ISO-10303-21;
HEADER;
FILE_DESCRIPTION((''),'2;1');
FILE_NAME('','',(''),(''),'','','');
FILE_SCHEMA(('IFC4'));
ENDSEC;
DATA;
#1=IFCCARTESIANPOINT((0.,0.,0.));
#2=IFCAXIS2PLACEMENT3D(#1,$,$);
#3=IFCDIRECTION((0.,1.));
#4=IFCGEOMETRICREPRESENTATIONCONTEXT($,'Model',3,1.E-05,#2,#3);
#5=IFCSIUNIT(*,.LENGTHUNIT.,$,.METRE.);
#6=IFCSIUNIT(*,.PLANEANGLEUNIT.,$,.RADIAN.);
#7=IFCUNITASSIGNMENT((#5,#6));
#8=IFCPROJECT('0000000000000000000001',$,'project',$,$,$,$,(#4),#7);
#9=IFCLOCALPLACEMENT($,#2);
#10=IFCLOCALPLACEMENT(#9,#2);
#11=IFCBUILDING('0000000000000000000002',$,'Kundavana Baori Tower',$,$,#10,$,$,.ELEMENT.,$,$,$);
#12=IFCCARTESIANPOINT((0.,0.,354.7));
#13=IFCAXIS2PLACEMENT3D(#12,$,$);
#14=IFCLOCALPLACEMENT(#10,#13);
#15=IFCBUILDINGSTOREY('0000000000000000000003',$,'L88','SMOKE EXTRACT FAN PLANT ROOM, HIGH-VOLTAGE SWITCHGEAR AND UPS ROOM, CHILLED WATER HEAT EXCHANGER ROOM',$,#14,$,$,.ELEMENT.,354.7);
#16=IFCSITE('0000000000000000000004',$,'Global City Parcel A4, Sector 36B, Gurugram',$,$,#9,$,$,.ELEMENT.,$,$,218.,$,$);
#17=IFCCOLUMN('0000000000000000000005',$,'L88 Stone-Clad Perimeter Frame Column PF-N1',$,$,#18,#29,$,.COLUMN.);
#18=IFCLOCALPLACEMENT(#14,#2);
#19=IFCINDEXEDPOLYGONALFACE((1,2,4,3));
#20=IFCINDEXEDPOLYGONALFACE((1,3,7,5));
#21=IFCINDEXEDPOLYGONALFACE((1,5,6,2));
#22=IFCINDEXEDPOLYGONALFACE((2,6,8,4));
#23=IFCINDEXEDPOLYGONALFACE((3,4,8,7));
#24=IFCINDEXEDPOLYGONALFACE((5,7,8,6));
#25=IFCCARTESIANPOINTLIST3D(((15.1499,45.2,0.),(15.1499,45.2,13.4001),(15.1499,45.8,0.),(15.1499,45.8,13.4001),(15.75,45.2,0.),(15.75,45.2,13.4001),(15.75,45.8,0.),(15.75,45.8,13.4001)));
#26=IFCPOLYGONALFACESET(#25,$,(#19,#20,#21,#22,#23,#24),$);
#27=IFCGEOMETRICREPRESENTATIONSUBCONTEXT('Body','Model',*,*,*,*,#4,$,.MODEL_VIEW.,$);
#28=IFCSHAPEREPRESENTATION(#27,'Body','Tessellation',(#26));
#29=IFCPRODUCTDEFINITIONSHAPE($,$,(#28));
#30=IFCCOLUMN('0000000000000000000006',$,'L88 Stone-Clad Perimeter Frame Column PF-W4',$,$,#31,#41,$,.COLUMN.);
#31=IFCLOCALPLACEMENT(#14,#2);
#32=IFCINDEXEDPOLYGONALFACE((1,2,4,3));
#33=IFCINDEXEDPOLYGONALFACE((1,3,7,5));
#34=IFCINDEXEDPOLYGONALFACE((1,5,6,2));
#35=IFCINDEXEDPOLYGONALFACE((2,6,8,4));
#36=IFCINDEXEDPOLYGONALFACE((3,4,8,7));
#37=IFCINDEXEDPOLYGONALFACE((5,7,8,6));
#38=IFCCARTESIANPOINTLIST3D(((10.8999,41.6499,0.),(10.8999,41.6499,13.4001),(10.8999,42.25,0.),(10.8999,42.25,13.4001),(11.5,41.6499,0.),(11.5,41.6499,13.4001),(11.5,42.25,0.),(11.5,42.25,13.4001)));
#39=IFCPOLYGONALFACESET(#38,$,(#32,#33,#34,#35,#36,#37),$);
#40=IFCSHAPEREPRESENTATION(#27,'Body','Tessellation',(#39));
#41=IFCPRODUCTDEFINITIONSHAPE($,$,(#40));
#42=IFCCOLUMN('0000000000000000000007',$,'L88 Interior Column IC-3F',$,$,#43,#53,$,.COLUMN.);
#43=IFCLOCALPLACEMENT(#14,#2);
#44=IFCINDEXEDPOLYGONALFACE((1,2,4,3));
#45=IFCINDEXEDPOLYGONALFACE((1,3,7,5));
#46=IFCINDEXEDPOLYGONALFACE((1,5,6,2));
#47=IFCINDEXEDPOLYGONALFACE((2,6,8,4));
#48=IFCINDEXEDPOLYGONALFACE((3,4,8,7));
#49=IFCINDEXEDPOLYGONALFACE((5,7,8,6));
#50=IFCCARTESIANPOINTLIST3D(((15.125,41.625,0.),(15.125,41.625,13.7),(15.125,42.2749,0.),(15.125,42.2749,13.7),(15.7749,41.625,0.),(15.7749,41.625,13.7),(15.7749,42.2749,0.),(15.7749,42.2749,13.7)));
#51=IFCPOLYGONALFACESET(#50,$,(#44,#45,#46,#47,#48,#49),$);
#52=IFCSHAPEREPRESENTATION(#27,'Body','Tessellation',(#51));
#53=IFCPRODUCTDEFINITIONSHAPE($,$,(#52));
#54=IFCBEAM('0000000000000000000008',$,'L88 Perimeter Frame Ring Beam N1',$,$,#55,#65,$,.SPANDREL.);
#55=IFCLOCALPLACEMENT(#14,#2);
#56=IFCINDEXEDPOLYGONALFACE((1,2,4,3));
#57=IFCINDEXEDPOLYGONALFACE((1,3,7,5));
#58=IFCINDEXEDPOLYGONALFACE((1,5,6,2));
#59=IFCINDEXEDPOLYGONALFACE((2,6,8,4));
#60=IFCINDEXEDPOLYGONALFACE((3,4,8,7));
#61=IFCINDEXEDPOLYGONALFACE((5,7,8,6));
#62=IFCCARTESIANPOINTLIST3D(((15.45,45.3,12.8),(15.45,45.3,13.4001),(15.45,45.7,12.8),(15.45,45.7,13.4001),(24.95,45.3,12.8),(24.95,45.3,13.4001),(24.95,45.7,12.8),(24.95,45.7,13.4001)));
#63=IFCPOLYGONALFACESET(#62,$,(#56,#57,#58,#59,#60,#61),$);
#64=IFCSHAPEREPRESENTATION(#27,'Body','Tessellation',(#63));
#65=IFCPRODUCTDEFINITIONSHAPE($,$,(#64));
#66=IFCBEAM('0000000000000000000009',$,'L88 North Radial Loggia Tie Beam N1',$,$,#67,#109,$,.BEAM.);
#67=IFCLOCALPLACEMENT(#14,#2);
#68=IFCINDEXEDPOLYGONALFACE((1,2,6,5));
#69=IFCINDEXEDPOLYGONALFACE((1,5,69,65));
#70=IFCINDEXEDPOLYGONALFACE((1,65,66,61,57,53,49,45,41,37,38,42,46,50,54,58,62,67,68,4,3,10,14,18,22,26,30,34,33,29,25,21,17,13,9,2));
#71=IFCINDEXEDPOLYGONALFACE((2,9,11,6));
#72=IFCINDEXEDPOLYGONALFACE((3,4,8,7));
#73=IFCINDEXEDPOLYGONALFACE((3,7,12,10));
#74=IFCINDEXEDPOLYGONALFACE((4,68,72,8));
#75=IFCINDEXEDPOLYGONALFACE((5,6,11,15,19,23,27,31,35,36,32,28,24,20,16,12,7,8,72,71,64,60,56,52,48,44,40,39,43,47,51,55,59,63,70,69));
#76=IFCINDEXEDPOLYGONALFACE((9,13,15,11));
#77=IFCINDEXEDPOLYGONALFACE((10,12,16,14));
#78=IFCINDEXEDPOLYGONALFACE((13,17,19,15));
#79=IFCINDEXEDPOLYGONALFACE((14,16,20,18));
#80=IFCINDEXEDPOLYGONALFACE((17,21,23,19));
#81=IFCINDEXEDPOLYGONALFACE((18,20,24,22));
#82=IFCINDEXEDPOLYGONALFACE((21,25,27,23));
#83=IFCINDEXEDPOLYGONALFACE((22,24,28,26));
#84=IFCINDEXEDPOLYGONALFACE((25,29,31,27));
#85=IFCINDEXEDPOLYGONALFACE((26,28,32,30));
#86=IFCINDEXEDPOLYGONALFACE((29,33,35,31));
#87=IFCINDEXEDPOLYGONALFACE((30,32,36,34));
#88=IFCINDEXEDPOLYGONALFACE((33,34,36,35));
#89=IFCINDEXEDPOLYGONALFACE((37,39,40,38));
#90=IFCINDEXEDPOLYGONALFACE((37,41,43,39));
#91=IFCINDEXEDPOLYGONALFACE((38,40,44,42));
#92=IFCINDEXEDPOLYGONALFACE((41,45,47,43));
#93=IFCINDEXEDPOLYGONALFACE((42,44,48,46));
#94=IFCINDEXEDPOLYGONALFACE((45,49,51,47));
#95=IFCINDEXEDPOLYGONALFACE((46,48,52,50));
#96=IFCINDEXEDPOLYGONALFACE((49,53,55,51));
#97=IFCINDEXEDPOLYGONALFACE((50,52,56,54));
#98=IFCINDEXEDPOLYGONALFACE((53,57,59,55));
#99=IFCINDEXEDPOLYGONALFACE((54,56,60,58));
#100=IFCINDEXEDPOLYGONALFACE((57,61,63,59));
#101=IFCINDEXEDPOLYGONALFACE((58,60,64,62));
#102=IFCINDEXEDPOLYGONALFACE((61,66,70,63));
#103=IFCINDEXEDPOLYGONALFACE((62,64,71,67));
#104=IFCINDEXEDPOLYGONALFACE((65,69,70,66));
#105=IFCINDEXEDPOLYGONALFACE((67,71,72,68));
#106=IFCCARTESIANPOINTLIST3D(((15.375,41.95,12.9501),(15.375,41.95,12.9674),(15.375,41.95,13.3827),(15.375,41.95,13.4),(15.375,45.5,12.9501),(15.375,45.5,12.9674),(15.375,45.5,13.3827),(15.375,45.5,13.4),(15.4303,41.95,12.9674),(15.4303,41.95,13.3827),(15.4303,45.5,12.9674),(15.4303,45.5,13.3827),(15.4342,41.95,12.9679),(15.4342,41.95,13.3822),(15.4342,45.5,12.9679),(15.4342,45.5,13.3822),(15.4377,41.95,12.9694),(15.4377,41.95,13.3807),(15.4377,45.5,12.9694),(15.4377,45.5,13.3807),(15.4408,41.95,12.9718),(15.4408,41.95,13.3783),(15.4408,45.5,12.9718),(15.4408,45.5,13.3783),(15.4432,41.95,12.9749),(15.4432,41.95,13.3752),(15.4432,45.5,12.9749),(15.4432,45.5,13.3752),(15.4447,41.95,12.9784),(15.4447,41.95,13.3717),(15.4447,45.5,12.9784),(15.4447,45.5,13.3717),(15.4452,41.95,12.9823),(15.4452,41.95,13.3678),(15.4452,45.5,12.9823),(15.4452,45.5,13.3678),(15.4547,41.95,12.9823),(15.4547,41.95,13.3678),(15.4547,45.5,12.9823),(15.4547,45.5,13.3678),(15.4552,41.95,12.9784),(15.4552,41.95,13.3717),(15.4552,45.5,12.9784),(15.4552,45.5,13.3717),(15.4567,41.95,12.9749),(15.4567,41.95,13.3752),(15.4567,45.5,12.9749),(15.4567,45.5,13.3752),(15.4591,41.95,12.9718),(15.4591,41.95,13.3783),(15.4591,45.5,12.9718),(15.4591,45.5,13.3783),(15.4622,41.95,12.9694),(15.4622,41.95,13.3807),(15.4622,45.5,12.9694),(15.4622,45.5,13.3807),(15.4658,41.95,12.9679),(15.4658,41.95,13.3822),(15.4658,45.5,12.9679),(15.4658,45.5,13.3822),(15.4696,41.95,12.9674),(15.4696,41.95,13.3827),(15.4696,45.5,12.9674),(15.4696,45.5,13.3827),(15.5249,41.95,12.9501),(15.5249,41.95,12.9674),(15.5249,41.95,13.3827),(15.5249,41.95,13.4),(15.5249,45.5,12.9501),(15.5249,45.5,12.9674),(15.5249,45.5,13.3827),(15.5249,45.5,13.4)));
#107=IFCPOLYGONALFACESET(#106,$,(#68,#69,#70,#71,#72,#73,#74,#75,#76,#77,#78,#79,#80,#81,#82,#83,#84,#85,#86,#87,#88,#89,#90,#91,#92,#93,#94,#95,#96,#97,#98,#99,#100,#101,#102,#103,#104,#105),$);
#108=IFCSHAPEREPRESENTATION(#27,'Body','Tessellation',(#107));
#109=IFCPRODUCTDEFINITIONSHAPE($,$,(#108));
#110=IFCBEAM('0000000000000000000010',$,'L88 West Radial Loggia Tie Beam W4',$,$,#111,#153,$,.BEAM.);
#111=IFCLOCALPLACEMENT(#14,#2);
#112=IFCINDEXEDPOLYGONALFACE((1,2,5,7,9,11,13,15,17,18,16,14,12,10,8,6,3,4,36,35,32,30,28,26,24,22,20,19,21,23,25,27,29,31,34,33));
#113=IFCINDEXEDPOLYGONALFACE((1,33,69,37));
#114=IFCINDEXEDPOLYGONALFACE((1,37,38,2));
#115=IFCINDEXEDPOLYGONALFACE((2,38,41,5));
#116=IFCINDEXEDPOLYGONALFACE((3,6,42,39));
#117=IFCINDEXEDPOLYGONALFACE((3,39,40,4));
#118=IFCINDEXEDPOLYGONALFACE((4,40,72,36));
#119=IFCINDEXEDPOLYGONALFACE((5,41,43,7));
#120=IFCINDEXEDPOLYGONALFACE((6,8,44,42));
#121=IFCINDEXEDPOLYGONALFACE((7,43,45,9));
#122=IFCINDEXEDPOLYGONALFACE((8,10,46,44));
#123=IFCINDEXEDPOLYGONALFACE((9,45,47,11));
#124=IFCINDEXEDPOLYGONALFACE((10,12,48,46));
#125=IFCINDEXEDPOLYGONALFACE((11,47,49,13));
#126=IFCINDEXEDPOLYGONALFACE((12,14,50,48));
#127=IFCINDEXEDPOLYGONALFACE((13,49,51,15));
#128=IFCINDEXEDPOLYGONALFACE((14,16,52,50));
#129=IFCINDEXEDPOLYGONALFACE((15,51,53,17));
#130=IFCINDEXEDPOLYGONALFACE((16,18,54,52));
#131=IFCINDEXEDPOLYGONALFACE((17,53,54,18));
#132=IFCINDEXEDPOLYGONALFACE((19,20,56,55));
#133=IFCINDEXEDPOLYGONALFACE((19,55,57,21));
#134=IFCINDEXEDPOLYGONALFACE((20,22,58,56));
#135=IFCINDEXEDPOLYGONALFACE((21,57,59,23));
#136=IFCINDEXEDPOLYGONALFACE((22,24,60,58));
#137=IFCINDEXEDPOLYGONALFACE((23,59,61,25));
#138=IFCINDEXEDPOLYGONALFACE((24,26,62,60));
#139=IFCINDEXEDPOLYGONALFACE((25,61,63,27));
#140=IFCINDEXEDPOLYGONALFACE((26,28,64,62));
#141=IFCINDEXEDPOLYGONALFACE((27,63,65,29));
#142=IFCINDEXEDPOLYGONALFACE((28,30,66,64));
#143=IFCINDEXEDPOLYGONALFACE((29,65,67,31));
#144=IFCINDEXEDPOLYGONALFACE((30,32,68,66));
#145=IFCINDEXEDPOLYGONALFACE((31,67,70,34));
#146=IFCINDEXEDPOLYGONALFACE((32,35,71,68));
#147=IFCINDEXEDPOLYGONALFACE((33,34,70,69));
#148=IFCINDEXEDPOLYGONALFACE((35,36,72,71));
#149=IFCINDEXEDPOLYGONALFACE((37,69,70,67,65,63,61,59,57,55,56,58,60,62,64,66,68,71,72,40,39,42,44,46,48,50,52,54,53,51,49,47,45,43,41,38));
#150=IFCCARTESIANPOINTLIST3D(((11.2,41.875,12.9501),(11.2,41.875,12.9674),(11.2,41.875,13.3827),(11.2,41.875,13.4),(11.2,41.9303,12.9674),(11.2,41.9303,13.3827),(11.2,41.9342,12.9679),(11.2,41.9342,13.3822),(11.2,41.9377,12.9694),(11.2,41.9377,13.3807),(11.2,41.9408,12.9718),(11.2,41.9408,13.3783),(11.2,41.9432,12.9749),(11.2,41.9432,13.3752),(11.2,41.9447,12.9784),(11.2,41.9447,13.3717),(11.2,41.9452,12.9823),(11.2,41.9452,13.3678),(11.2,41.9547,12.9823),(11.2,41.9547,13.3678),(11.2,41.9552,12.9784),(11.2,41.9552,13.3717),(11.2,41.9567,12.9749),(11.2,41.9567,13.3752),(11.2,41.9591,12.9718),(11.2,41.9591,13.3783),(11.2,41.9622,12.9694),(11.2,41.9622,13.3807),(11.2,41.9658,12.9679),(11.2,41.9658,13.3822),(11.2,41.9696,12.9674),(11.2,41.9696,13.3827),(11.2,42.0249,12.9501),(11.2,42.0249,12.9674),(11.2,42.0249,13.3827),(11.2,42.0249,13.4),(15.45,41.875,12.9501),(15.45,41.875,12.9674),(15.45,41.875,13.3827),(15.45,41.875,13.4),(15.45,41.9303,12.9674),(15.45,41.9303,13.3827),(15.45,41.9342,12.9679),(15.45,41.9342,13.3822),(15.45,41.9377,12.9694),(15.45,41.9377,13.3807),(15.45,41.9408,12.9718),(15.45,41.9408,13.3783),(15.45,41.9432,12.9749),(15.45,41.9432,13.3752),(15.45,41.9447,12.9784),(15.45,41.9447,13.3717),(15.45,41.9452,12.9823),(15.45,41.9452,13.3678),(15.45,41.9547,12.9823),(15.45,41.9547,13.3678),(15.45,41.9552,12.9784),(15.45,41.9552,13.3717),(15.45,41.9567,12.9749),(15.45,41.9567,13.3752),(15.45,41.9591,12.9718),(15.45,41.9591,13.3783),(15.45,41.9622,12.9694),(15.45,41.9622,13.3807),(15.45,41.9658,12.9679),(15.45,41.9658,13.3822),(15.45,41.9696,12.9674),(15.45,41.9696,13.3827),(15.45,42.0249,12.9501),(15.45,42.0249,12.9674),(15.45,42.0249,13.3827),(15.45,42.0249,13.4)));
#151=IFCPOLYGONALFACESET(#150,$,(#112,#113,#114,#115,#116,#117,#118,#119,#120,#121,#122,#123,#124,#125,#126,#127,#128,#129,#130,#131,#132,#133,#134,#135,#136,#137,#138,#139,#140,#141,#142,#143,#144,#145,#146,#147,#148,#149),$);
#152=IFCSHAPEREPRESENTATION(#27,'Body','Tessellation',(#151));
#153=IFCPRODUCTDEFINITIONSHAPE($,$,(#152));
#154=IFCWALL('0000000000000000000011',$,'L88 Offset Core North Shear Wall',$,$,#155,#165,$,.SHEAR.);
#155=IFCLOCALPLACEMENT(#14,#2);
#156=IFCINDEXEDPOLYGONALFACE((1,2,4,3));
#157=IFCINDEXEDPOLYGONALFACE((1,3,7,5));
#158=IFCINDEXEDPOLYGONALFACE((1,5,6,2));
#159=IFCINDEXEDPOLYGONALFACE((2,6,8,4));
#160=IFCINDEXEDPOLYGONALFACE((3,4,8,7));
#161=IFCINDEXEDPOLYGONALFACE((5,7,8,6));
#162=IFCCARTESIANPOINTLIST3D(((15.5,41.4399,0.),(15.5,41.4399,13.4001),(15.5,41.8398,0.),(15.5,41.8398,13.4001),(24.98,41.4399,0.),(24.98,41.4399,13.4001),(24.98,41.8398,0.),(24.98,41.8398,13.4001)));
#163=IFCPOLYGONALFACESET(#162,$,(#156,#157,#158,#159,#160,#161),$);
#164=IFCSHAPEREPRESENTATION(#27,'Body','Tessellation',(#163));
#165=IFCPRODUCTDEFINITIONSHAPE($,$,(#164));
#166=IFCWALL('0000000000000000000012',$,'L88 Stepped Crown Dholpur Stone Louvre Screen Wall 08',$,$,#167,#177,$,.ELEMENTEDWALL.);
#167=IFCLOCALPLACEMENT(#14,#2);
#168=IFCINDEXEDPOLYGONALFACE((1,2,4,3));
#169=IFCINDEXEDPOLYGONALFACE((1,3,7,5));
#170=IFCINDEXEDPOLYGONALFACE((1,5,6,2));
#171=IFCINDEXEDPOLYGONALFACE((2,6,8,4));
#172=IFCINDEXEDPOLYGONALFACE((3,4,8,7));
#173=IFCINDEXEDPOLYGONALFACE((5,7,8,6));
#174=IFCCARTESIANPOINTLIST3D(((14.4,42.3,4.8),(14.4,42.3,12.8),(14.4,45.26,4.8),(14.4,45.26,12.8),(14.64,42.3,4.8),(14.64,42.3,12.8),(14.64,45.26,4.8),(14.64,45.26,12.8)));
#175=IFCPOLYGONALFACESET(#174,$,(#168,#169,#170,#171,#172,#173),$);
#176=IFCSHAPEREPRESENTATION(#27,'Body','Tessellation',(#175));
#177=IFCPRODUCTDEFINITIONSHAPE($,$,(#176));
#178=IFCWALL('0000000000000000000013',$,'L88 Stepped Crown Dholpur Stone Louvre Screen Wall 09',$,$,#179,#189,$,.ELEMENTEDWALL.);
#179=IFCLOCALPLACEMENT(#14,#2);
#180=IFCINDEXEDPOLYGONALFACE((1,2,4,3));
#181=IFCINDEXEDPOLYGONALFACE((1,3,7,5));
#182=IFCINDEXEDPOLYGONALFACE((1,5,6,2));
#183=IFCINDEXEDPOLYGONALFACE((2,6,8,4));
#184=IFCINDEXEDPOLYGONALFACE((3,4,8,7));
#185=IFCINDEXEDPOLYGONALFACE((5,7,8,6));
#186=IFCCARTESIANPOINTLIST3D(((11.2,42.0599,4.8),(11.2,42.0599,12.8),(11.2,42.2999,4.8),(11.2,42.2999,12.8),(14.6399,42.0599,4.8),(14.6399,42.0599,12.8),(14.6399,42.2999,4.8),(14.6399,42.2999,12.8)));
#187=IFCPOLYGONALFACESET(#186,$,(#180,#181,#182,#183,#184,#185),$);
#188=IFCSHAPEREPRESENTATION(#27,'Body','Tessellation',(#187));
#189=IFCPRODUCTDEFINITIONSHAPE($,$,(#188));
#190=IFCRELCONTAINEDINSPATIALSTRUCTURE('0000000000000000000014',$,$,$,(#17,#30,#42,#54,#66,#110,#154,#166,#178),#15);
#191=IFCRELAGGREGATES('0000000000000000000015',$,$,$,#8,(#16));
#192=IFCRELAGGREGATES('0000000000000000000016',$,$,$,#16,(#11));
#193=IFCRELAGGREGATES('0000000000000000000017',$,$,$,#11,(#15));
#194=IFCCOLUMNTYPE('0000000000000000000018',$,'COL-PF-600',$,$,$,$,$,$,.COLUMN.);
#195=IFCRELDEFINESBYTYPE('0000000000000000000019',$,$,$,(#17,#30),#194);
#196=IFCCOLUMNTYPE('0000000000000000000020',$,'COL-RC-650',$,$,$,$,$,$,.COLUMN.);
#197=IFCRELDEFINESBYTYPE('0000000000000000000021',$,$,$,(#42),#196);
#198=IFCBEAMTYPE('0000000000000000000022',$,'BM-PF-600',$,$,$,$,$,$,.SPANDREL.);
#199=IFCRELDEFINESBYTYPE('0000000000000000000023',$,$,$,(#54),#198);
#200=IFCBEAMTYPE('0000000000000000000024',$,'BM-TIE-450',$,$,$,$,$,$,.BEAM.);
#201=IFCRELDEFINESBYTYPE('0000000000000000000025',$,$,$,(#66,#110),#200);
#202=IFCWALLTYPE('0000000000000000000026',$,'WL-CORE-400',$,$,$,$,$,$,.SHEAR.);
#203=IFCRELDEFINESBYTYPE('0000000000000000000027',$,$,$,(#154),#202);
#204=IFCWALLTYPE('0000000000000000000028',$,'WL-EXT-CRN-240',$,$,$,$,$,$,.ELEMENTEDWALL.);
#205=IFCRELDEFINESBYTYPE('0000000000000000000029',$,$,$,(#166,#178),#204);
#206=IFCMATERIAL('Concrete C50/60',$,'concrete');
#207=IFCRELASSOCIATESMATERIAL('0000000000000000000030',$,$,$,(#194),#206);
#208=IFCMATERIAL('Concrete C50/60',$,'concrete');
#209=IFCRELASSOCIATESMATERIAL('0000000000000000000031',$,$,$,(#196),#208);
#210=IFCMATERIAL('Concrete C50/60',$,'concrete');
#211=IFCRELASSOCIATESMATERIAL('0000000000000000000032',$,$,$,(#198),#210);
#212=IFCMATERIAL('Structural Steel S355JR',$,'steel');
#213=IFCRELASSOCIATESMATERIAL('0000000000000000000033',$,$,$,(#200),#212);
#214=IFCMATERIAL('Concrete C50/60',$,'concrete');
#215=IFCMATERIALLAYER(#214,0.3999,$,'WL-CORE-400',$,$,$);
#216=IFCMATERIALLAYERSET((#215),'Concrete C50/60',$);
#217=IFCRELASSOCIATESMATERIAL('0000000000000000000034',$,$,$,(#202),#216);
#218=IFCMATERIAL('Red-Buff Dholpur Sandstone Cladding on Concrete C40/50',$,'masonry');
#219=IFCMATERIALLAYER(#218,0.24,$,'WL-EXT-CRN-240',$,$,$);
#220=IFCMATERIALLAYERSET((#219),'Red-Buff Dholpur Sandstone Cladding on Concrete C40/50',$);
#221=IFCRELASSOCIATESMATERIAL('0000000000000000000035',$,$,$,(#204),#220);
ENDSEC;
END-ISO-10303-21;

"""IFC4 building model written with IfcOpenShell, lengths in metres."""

from ifc_helpers import new_model, si_unit, direction, frame, frame_2d, origin, origin_2d, place, context, subcontext, project, spatial, rectangle, i_section, extrude, material, layer, layer_set, material_profile, profile_set, type_object, element, save


model = new_model("IFC4")

# Units and contexts
model_context = context("Model", 3, precision=1e-05, world=origin(), true_north=direction((0.0, 1.0)))
body_context = subcontext(model_context, "Body", "Model", "MODEL_VIEW")
ifc_project = project(units=[si_unit("LENGTHUNIT", "METRE"), si_unit("PLANEANGLEUNIT", "RADIAN")], contexts=[model_context])

# Site, building, storey
site_placement = place(None, origin())
site = spatial("IfcSite", under=ifc_project, at=site_placement, Name="Global City Parcel A4, Sector 36B, Gurugram", CompositionType="ELEMENT", RefElevation=218.0)
building_placement = place(site_placement, origin())
building = spatial("IfcBuilding", under=site, at=building_placement, Name="Kundavana Baori Tower", CompositionType="ELEMENT")
storey_placement = place(building_placement, frame((0.0, 0.0, 354.7)))
storey = spatial("IfcBuildingStorey", under=building, at=storey_placement, Name="L88", Description="SMOKE EXTRACT FAN PLANT ROOM, HIGH-VOLTAGE SWITCHGEAR AND UPS ROOM, CHILLED WATER HEAT EXCHANGER ROOM", CompositionType="ELEMENT", Elevation=354.7)

# Columns
ifc_material_1 = material(Name="Concrete C50/60", Category="concrete")
ifc_material_profile_1 = material_profile(ifc_material_1, rectangle(XDim=0.6001, YDim=0.6001, at=origin_2d()), Name="RC PF 600x600")
ifc_profile_set_1 = profile_set([ifc_material_profile_1], Name="Concrete C50/60")
column_type_1 = type_object("IfcColumnType", Name="COL-PF-600", PredefinedType="COLUMN", material=ifc_profile_set_1)
for number, where, z_axis, x_axis, name in (
    (1, (15.45, 45.5, 0.0), (0.0, 0.0, 1.0), (1.0, 0.0, 0.0), "L88 Stone-Clad Perimeter Frame Column PF-N1"),
    (2, (11.2, 41.95, 0.0), (0.0, 0.0, 1.0), (1.0, 0.0, 0.0), "L88 Stone-Clad Perimeter Frame Column PF-W4"),
):
    element("IfcColumn", number, at=place(storey_placement, frame(where, z_axis=z_axis, x_axis=x_axis)), inside=storey, type_object=column_type_1, Name=name, PredefinedType="COLUMN", context=body_context, shape_type="SweptSolid", body=[
        extrude(rectangle(XDim=0.6001, YDim=0.6001, at=origin_2d()), origin(), (0.0, 0.0, 1.0), 13.4001),
    ])
ifc_material_2 = material(Name="Concrete C50/60", Category="concrete")
ifc_material_profile_2 = material_profile(ifc_material_2, rectangle(XDim=0.6499, YDim=0.6499, at=origin_2d()), Name="RC 650x650")
ifc_profile_set_2 = profile_set([ifc_material_profile_2], Name="Concrete C50/60")
column_type_2 = type_object("IfcColumnType", Name="COL-RC-650", PredefinedType="COLUMN", material=ifc_profile_set_2)
column_placement = place(storey_placement, frame((15.45, 41.95, 0.0), z_axis=(0.0, 0.0, 1.0), x_axis=(1.0, 0.0, 0.0)))
element("IfcColumn", 3, at=column_placement, inside=storey, type_object=column_type_2, Name="L88 Interior Column IC-3F", PredefinedType="COLUMN", context=body_context, shape_type="SweptSolid", body=[
    extrude(rectangle(XDim=0.6499, YDim=0.6499, at=origin_2d()), origin(), (0.0, 0.0, 1.0), 13.7),
])

# Beams
ifc_material_3 = material(Name="Concrete C50/60", Category="concrete")
ifc_material_profile_3 = material_profile(ifc_material_3, rectangle(XDim=0.3999, YDim=0.6001, at=origin_2d()), Name="RC BM 400x600")
ifc_profile_set_3 = profile_set([ifc_material_profile_3], Name="Concrete C50/60")
beam_type_1 = type_object("IfcBeamType", Name="BM-PF-600", PredefinedType="SPANDREL", material=ifc_profile_set_3)
beam_1_placement = place(storey_placement, frame((15.45, 45.5, 13.1001), z_axis=(1.0, 0.0, 0.0), x_axis=(0.0, 1.0, 0.0)))
element("IfcBeam", 4, at=beam_1_placement, inside=storey, type_object=beam_type_1, Name="L88 Perimeter Frame Ring Beam N1", PredefinedType="SPANDREL", context=body_context, shape_type="SweptSolid", body=[
    extrude(rectangle(XDim=0.3999, YDim=0.6001, at=origin_2d()), origin(), (0.0, 0.0, 1.0), 9.5),
])
ifc_material_4 = material(Name="Structural Steel S355JR", Category="steel")
ifc_material_profile_4 = material_profile(ifc_material_4, i_section(OverallWidth=0.1499, OverallDepth=0.45, WebThickness=0.0095, FlangeThickness=0.0173, FilletRadius=0.0149, at=origin_2d()), Name="ISMB 450")
ifc_profile_set_4 = profile_set([ifc_material_profile_4], Name="Structural Steel S355JR")
beam_type_2 = type_object("IfcBeamType", Name="BM-TIE-450", PredefinedType="BEAM", material=ifc_profile_set_4)
beam_2_placement = place(storey_placement, frame((15.45, 41.95, 13.175), z_axis=(0.0, 1.0, 0.0), x_axis=(-1.0, 0.0, 0.0)))
element("IfcBeam", 5, at=beam_2_placement, inside=storey, type_object=beam_type_2, Name="L88 North Radial Loggia Tie Beam N1", PredefinedType="BEAM", context=body_context, shape_type="SweptSolid", body=[
    extrude(i_section(OverallWidth=0.1499, OverallDepth=0.45, WebThickness=0.0095, FlangeThickness=0.0173, FilletRadius=0.0149, at=origin_2d()), origin(), (0.0, 0.0, 1.0), 3.55),
])
beam_3_placement = place(storey_placement, frame((15.45, 41.95, 13.175), z_axis=(-1.0, 0.0, 0.0), x_axis=(0.0, -1.0, 0.0)))
element("IfcBeam", 6, at=beam_3_placement, inside=storey, type_object=beam_type_2, Name="L88 West Radial Loggia Tie Beam W4", PredefinedType="BEAM", context=body_context, shape_type="SweptSolid", body=[
    extrude(i_section(OverallWidth=0.1499, OverallDepth=0.45, WebThickness=0.0095, FlangeThickness=0.0173, FilletRadius=0.0149, at=origin_2d()), origin(), (0.0, 0.0, 1.0), 4.25),
])

# Walls
ifc_material_5 = material(Name="Concrete C50/60", Category="concrete")
ifc_layer_1 = layer(ifc_material_5, 0.3999, Name="WL-CORE-400")
ifc_layer_set_1 = layer_set([ifc_layer_1], Name="Concrete C50/60")
wall_type_1 = type_object("IfcWallType", Name="WL-CORE-400", PredefinedType="SHEAR", material=ifc_layer_set_1)
wall_1_placement = place(storey_placement, frame((15.5, 41.6399, 0.0), z_axis=(0.0, 0.0, 1.0), x_axis=(1.0, 0.0, 0.0)))
element("IfcWall", 7, at=wall_1_placement, inside=storey, type_object=wall_type_1, Name="L88 Offset Core North Shear Wall", PredefinedType="SHEAR", context=body_context, shape_type="SweptSolid", body=[
    extrude(rectangle(XDim=9.48, YDim=0.3999, at=frame_2d((4.74, 0.0))), origin(), (0.0, 0.0, 1.0), 13.4001),
])
ifc_material_6 = material(Name="Red-Buff Dholpur Sandstone Cladding on Concrete C40/50", Category="masonry")
ifc_layer_2 = layer(ifc_material_6, 0.24, Name="WL-EXT-CRN-240")
ifc_layer_set_2 = layer_set([ifc_layer_2], Name="Red-Buff Dholpur Sandstone Cladding on Concrete C40/50")
wall_type_2 = type_object("IfcWallType", Name="WL-EXT-CRN-240", PredefinedType="ELEMENTEDWALL", material=ifc_layer_set_2)
wall_2_placement = place(storey_placement, frame((14.52, 45.26, 4.8), z_axis=(0.0, 0.0, 1.0), x_axis=(0.0, -1.0, 0.0)))
element("IfcWall", 8, at=wall_2_placement, inside=storey, type_object=wall_type_2, Name="L88 Stepped Crown Dholpur Stone Louvre Screen Wall 08", PredefinedType="ELEMENTEDWALL", context=body_context, shape_type="SweptSolid", body=[
    extrude(rectangle(XDim=2.96, YDim=0.24, at=frame_2d((1.48, 0.0))), origin(), (0.0, 0.0, 1.0), 8.0),
])
wall_3_placement = place(storey_placement, frame((14.6399, 42.1799, 4.8), z_axis=(0.0, 0.0, 1.0), x_axis=(-1.0, 0.0, 0.0)))
element("IfcWall", 9, at=wall_3_placement, inside=storey, type_object=wall_type_2, Name="L88 Stepped Crown Dholpur Stone Louvre Screen Wall 09", PredefinedType="ELEMENTEDWALL", context=body_context, shape_type="SweptSolid", body=[
    extrude(rectangle(XDim=3.4399, YDim=0.24, at=frame_2d((1.72, 0.0))), origin(), (0.0, 0.0, 1.0), 8.0),
])

save(model, "model.ifc")
